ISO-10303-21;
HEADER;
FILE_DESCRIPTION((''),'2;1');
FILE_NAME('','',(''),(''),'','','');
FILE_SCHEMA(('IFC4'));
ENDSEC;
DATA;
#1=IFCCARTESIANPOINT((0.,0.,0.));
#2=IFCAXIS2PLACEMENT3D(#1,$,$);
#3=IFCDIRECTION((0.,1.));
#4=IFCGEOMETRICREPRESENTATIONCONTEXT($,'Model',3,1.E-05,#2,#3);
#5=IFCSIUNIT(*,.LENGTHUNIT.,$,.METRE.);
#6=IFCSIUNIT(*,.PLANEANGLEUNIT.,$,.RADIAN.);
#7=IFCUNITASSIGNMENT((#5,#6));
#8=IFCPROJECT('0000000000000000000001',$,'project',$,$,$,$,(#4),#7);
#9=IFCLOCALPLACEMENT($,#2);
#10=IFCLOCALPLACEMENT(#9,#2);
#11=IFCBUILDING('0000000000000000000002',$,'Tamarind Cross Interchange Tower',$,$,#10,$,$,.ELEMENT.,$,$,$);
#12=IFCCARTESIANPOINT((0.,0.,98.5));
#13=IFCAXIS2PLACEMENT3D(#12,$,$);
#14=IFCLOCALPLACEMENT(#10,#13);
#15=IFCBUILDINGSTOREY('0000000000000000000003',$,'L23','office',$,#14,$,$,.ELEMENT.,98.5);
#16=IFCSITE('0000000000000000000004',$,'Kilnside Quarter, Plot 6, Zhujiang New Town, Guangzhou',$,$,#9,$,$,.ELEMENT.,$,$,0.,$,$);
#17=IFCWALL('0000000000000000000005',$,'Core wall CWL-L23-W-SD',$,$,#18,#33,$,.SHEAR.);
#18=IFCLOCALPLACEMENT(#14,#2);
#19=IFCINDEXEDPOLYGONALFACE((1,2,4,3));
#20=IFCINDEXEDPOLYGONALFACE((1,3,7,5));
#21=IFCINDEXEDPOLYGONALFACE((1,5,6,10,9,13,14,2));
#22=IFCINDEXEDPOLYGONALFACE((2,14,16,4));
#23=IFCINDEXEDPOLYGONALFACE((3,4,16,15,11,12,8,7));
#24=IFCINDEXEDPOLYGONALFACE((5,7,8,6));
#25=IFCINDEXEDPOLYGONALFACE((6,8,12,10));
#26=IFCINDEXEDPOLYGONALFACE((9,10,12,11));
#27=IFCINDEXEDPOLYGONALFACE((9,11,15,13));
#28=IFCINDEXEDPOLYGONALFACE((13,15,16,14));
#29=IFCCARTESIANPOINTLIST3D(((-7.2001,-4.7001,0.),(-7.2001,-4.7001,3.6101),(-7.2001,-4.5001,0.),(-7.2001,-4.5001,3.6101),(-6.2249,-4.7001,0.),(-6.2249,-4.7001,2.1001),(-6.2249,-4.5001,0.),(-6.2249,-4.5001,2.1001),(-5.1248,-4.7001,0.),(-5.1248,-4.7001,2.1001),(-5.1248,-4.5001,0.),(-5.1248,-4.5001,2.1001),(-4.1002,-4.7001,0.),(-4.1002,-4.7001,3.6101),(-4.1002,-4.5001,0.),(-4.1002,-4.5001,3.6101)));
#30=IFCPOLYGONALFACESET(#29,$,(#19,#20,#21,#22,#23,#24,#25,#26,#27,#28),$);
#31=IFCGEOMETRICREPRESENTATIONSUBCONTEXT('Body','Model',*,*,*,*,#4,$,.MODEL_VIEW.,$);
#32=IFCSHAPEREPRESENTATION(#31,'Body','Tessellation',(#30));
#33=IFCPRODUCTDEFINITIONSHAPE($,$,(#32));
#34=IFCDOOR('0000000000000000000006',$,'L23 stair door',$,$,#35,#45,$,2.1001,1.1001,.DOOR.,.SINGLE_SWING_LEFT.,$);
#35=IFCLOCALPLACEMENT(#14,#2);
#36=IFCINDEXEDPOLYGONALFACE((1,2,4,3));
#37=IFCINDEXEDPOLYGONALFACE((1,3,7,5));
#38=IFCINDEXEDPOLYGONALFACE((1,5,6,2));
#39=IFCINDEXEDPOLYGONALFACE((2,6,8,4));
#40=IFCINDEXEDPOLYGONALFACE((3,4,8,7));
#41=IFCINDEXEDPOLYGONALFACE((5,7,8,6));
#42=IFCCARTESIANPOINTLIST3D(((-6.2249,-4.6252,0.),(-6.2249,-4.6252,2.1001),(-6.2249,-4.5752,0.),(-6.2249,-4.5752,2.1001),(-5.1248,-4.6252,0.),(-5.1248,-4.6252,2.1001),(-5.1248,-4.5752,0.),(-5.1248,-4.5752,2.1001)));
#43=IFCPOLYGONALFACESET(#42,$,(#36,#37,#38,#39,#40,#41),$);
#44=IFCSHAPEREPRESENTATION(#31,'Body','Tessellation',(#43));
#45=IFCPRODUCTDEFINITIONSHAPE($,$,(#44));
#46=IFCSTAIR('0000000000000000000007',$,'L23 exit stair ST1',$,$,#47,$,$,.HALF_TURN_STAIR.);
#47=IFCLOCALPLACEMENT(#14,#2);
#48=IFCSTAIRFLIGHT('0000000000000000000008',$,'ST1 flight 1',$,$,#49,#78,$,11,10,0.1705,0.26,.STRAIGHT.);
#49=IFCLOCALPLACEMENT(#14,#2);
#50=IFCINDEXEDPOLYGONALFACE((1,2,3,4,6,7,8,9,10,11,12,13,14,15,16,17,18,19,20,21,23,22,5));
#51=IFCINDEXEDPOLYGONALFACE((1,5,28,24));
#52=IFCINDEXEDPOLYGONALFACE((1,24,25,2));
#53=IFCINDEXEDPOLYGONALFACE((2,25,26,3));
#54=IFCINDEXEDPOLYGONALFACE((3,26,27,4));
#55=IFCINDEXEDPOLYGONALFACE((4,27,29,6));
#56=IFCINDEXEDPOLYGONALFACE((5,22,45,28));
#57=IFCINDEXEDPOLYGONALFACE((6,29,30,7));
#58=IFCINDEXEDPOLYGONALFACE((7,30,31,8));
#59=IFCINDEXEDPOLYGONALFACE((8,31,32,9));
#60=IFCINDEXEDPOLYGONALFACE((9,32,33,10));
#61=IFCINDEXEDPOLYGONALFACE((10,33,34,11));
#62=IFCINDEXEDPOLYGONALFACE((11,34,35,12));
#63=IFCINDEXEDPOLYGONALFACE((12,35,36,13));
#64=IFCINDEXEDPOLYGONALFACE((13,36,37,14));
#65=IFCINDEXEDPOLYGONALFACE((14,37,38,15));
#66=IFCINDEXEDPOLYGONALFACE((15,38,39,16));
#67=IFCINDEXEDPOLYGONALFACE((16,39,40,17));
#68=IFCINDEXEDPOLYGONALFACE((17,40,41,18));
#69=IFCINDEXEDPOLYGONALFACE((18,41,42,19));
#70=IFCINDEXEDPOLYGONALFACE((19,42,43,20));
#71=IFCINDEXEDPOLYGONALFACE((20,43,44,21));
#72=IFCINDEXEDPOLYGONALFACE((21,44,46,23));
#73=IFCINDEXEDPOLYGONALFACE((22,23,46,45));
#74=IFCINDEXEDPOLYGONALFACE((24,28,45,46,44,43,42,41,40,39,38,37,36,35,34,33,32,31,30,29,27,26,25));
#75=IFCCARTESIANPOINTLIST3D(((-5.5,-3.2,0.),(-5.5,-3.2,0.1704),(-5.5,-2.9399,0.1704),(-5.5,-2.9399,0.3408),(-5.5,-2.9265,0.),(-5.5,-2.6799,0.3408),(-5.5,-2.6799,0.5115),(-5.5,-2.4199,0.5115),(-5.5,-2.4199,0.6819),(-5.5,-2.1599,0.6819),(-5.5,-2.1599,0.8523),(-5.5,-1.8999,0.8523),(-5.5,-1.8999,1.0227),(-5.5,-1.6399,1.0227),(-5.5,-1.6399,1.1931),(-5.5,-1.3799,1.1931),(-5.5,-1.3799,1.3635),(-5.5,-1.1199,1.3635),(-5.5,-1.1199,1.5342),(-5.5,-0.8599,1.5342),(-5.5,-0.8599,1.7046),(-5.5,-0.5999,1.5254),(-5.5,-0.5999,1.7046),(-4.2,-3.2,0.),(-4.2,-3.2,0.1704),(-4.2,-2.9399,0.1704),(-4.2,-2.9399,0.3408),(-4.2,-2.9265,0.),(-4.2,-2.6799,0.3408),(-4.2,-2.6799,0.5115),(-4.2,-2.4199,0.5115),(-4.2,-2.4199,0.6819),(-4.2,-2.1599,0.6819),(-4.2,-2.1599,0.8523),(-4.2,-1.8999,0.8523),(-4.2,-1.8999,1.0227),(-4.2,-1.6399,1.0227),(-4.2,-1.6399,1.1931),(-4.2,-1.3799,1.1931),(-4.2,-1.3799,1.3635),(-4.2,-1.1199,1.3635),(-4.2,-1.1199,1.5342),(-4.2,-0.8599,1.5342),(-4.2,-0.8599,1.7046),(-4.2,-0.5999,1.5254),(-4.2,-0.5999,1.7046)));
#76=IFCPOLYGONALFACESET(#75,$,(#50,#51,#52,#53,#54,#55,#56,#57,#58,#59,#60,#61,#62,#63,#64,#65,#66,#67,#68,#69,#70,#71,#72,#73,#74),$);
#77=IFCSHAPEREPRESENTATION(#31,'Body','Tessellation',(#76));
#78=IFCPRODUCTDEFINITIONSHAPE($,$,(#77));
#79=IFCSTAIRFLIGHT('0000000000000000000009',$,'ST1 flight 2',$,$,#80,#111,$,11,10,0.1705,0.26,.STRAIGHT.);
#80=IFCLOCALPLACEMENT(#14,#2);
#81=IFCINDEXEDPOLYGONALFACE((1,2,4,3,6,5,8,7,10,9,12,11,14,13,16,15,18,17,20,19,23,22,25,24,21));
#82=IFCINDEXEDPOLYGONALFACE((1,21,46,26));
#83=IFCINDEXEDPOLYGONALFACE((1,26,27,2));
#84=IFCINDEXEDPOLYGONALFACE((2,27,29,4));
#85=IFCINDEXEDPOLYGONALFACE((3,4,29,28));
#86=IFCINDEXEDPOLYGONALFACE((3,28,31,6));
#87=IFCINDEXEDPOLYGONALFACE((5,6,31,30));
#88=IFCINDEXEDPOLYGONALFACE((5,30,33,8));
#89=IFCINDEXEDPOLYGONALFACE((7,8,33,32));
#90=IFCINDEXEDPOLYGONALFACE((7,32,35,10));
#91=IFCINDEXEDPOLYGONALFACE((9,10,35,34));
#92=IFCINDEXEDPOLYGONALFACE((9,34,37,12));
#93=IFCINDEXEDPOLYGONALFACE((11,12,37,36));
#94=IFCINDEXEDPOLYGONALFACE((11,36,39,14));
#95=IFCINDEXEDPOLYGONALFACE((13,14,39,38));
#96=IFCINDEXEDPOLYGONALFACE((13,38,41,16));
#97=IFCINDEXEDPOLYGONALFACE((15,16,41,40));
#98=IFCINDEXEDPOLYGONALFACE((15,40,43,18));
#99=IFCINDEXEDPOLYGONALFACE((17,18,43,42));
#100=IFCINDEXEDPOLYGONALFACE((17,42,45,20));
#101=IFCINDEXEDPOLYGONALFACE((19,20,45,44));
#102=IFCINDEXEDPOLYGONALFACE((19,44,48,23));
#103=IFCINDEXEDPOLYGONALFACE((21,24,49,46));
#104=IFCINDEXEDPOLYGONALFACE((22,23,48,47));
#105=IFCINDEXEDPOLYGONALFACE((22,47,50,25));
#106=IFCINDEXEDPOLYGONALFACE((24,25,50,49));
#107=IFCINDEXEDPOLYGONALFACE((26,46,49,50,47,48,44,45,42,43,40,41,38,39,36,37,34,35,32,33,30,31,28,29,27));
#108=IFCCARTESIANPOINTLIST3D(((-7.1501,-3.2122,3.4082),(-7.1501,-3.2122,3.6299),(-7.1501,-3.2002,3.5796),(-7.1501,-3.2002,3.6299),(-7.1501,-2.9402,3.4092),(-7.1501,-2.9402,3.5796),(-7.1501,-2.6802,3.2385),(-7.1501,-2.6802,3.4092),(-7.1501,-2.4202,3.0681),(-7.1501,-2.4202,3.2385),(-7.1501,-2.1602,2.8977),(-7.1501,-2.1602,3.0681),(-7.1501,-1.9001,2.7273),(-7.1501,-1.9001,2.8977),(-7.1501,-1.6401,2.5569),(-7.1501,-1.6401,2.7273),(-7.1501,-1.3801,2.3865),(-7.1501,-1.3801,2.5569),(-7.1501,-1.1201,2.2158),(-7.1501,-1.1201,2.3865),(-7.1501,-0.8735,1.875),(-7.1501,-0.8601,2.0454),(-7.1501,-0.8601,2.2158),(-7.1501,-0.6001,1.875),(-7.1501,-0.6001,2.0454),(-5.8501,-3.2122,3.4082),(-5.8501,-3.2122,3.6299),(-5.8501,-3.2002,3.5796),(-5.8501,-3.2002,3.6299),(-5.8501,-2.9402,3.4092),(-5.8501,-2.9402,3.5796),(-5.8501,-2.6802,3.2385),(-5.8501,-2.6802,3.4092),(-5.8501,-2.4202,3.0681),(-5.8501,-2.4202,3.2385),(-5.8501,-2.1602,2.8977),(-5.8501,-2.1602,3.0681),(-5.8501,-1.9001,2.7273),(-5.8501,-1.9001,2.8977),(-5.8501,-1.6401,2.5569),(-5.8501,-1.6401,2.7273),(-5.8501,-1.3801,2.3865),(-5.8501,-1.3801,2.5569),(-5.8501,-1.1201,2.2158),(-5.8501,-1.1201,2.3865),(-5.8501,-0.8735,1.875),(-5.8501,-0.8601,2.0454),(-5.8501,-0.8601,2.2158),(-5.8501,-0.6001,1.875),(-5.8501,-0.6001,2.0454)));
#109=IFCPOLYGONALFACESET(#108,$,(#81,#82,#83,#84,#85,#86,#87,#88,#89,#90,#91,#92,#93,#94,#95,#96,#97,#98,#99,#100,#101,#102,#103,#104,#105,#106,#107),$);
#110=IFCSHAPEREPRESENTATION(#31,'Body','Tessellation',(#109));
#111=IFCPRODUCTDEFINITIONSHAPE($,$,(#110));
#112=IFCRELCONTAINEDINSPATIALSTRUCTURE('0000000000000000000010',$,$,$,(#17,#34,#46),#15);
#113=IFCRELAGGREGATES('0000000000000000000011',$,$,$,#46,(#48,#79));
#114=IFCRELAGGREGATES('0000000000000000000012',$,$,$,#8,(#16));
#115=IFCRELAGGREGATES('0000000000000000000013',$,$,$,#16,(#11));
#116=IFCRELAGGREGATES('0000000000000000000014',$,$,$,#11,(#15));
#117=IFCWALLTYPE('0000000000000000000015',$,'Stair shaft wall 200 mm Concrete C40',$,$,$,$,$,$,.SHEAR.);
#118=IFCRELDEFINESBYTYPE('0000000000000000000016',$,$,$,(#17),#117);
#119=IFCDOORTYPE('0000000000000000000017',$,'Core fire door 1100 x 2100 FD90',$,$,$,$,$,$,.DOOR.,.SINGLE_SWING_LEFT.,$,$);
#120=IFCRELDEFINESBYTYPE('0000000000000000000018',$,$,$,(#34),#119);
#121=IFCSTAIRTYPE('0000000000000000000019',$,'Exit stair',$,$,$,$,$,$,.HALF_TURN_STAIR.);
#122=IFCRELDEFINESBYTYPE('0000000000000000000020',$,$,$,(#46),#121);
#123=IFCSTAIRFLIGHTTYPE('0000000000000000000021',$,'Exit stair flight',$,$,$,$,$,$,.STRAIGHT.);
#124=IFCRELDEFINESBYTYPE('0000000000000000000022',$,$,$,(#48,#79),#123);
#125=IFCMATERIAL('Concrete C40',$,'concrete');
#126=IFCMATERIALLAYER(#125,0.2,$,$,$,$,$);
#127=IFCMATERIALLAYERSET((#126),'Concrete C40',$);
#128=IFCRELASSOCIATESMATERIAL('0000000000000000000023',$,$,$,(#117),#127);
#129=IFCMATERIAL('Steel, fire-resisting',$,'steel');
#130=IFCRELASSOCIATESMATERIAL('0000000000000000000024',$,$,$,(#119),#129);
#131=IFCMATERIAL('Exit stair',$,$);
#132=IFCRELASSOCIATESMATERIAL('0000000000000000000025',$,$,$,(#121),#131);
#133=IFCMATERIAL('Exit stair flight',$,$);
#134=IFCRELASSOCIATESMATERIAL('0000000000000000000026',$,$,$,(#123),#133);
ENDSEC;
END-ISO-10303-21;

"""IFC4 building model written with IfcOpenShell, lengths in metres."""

from ifc_helpers import new_model, si_unit, direction, frame, frame_2d, origin, place, context, subcontext, project, spatial, polyline, rectangle, outline, extrude, material, layer, layer_set, type_object, element, fill, aggregate, save


model = new_model("IFC4")

# Units and contexts
model_context = context("Model", 3, precision=1e-05, world=origin(), true_north=direction((0.0, 1.0)))
body_context = subcontext(model_context, "Body", "Model", "MODEL_VIEW")
ifc_project = project(units=[si_unit("LENGTHUNIT", "METRE"), si_unit("PLANEANGLEUNIT", "RADIAN")], contexts=[model_context])

# Site, building, storey
site_placement = place(None, origin())
site = spatial("IfcSite", under=ifc_project, at=site_placement, Name="Kilnside Quarter, Plot 6, Zhujiang New Town, Guangzhou", CompositionType="ELEMENT", RefElevation=0.0)
building_placement = place(site_placement, origin())
building = spatial("IfcBuilding", under=site, at=building_placement, Name="Tamarind Cross Interchange Tower", CompositionType="ELEMENT")
storey_placement = place(building_placement, frame((0.0, 0.0, 98.5)))
storey = spatial("IfcBuildingStorey", under=building, at=storey_placement, Name="L23", Description="office", CompositionType="ELEMENT", Elevation=98.5)

# Wall, opening, door
ifc_material_1 = material(Name="Concrete C40", Category="concrete")
ifc_layer_1 = layer(ifc_material_1, 0.2)
ifc_layer_set_1 = layer_set([ifc_layer_1], Name="Concrete C40")
wall_type = type_object("IfcWallType", Name="Stair shaft wall 200 mm Concrete C40", PredefinedType="SHEAR", material=ifc_layer_set_1)
wall_placement = place(storey_placement, frame((-7.2, -4.6001, 0.0), z_axis=(0.0, 0.0, 1.0), x_axis=(1.0, 0.0, 0.0)))
wall = element("IfcWall", 1, at=wall_placement, inside=storey, type_object=wall_type, Name="Core wall CWL-L23-W-SD", PredefinedType="SHEAR", context=body_context, shape_type="SweptSolid", body=[
    extrude(rectangle(XDim=3.0999, YDim=0.2, at=frame_2d((1.5498, 0.0))), origin(), (0.0, 0.0, 1.0), 3.6101),
])
opening_placement = place(wall_placement, frame((0.9751, 0.0, 0.0)))
opening = element("IfcOpeningElement", 2, at=opening_placement, cuts=wall, PredefinedType="OPENING", context=body_context, shape_type="SweptSolid", body=[
    extrude(rectangle(XDim=1.1001, YDim=2.1001, at=frame_2d((0.55, 1.05))), frame((0.0, 0.1099, 0.0), z_axis=(0.0, -1.0, 0.0), x_axis=(1.0, 0.0, 0.0)), (0.0, 0.0, 1.0), 0.22),
])
ifc_material_2 = material(Name="Steel, fire-resisting", Category="steel")
door_type = type_object("IfcDoorType", Name="Core fire door 1100 x 2100 FD90", OperationType="SINGLE_SWING_LEFT", PredefinedType="DOOR", material=ifc_material_2)
door_placement = place(opening_placement, origin())
door = element("IfcDoor", 3, at=door_placement, inside=storey, type_object=door_type, Name="L23 stair door", OperationType="SINGLE_SWING_LEFT", OverallHeight=2.1001, OverallWidth=1.1001, PredefinedType="DOOR", context=body_context, shape_type="SweptSolid", body=[
    extrude(rectangle(XDim=1.1001, YDim=2.1001, at=frame_2d((0.55, 1.05))), frame((0.0, 0.0249, 0.0), z_axis=(0.0, -1.0, 0.0), x_axis=(1.0, 0.0, 0.0)), (0.0, 0.0, 1.0), 0.05),
])
fill(opening, door)

# Stair, stair flights
ifc_material_3 = material(Name="Exit stair")
stair_type = type_object("IfcStairType", Name="Exit stair", PredefinedType="HALF_TURN_STAIR", material=ifc_material_3)
stair_placement = place(storey_placement, origin())
stair = element("IfcStair", 4, at=stair_placement, inside=storey, type_object=stair_type, Name="L23 exit stair ST1", PredefinedType="HALF_TURN_STAIR")
ifc_material_4 = material(Name="Exit stair flight")
stair_flight_type = type_object("IfcStairFlightType", Name="Exit stair flight", PredefinedType="STRAIGHT", material=ifc_material_4)
stair_flight_1_placement = place(storey_placement, frame((-4.8501, -3.2, 0.0), z_axis=(0.0, 0.0, 1.0), x_axis=(0.0, 1.0, 0.0)))
stair_flight_1 = element("IfcStairFlight", 5, at=stair_flight_1_placement, type_object=stair_flight_type, Name="ST1 flight 1", NumberOfRisers=11, NumberOfTreads=10, PredefinedType="STRAIGHT", RiserHeight=0.1705, TreadLength=0.26, context=body_context, shape_type="SweptSolid", body=[
    extrude(outline(polyline([(0.0, 0.0), (0.0, 0.1704), (0.26, 0.1704), (0.26, 0.3408), (0.52, 0.3408), (0.52, 0.5115), (0.78, 0.5115), (0.78, 0.6819), (1.04, 0.6819), (1.04, 0.8523), (1.3, 0.8523), (1.3, 1.0227), (1.5601, 1.0227), (1.5601, 1.1931), (1.8201, 1.1931), (1.8201, 1.3635), (2.0801, 1.3635), (2.0801, 1.5342), (2.3401, 1.5342), (2.3401, 1.7046), (2.6001, 1.7046), (2.6001, 1.875), (2.6001, 1.5254), (0.2734, 0.0), (0.0, 0.0)])), frame((0.0, 0.6499, 0.0), z_axis=(0.0, -1.0, 0.0), x_axis=(1.0, 0.0, 0.0)), (0.0, 0.0, 1.0), 1.3),
])
stair_flight_2_placement = place(storey_placement, frame((-6.5, -0.6001, 1.875), z_axis=(0.0, 0.0, 1.0), x_axis=(0.0, -1.0, 0.0)))
stair_flight_2 = element("IfcStairFlight", 6, at=stair_flight_2_placement, type_object=stair_flight_type, Name="ST1 flight 2", NumberOfRisers=11, NumberOfTreads=10, PredefinedType="STRAIGHT", RiserHeight=0.1705, TreadLength=0.26, context=body_context, shape_type="SweptSolid", body=[
    extrude(outline(polyline([(0.0, 0.0), (0.0, 0.1704), (0.26, 0.1704), (0.26, 0.3408), (0.52, 0.3408), (0.52, 0.5115), (0.78, 0.5115), (0.78, 0.6819), (1.04, 0.6819), (1.04, 0.8523), (1.3, 0.8523), (1.3, 1.0227), (1.5601, 1.0227), (1.5601, 1.1931), (1.8201, 1.1931), (1.8201, 1.3635), (2.0801, 1.3635), (2.0801, 1.5342), (2.3401, 1.5342), (2.3401, 1.7046), (2.6001, 1.7046), (2.6001, 1.7549), (2.6121, 1.7549), (2.6121, 1.5332), (0.2734, 0.0), (0.0, 0.0)])), frame((0.0, 0.6499, 0.0), z_axis=(0.0, -1.0, 0.0), x_axis=(1.0, 0.0, 0.0)), (0.0, 0.0, 1.0), 1.3),
])
aggregate(stair, [stair_flight_1, stair_flight_2])

save(model, "model.ifc")
